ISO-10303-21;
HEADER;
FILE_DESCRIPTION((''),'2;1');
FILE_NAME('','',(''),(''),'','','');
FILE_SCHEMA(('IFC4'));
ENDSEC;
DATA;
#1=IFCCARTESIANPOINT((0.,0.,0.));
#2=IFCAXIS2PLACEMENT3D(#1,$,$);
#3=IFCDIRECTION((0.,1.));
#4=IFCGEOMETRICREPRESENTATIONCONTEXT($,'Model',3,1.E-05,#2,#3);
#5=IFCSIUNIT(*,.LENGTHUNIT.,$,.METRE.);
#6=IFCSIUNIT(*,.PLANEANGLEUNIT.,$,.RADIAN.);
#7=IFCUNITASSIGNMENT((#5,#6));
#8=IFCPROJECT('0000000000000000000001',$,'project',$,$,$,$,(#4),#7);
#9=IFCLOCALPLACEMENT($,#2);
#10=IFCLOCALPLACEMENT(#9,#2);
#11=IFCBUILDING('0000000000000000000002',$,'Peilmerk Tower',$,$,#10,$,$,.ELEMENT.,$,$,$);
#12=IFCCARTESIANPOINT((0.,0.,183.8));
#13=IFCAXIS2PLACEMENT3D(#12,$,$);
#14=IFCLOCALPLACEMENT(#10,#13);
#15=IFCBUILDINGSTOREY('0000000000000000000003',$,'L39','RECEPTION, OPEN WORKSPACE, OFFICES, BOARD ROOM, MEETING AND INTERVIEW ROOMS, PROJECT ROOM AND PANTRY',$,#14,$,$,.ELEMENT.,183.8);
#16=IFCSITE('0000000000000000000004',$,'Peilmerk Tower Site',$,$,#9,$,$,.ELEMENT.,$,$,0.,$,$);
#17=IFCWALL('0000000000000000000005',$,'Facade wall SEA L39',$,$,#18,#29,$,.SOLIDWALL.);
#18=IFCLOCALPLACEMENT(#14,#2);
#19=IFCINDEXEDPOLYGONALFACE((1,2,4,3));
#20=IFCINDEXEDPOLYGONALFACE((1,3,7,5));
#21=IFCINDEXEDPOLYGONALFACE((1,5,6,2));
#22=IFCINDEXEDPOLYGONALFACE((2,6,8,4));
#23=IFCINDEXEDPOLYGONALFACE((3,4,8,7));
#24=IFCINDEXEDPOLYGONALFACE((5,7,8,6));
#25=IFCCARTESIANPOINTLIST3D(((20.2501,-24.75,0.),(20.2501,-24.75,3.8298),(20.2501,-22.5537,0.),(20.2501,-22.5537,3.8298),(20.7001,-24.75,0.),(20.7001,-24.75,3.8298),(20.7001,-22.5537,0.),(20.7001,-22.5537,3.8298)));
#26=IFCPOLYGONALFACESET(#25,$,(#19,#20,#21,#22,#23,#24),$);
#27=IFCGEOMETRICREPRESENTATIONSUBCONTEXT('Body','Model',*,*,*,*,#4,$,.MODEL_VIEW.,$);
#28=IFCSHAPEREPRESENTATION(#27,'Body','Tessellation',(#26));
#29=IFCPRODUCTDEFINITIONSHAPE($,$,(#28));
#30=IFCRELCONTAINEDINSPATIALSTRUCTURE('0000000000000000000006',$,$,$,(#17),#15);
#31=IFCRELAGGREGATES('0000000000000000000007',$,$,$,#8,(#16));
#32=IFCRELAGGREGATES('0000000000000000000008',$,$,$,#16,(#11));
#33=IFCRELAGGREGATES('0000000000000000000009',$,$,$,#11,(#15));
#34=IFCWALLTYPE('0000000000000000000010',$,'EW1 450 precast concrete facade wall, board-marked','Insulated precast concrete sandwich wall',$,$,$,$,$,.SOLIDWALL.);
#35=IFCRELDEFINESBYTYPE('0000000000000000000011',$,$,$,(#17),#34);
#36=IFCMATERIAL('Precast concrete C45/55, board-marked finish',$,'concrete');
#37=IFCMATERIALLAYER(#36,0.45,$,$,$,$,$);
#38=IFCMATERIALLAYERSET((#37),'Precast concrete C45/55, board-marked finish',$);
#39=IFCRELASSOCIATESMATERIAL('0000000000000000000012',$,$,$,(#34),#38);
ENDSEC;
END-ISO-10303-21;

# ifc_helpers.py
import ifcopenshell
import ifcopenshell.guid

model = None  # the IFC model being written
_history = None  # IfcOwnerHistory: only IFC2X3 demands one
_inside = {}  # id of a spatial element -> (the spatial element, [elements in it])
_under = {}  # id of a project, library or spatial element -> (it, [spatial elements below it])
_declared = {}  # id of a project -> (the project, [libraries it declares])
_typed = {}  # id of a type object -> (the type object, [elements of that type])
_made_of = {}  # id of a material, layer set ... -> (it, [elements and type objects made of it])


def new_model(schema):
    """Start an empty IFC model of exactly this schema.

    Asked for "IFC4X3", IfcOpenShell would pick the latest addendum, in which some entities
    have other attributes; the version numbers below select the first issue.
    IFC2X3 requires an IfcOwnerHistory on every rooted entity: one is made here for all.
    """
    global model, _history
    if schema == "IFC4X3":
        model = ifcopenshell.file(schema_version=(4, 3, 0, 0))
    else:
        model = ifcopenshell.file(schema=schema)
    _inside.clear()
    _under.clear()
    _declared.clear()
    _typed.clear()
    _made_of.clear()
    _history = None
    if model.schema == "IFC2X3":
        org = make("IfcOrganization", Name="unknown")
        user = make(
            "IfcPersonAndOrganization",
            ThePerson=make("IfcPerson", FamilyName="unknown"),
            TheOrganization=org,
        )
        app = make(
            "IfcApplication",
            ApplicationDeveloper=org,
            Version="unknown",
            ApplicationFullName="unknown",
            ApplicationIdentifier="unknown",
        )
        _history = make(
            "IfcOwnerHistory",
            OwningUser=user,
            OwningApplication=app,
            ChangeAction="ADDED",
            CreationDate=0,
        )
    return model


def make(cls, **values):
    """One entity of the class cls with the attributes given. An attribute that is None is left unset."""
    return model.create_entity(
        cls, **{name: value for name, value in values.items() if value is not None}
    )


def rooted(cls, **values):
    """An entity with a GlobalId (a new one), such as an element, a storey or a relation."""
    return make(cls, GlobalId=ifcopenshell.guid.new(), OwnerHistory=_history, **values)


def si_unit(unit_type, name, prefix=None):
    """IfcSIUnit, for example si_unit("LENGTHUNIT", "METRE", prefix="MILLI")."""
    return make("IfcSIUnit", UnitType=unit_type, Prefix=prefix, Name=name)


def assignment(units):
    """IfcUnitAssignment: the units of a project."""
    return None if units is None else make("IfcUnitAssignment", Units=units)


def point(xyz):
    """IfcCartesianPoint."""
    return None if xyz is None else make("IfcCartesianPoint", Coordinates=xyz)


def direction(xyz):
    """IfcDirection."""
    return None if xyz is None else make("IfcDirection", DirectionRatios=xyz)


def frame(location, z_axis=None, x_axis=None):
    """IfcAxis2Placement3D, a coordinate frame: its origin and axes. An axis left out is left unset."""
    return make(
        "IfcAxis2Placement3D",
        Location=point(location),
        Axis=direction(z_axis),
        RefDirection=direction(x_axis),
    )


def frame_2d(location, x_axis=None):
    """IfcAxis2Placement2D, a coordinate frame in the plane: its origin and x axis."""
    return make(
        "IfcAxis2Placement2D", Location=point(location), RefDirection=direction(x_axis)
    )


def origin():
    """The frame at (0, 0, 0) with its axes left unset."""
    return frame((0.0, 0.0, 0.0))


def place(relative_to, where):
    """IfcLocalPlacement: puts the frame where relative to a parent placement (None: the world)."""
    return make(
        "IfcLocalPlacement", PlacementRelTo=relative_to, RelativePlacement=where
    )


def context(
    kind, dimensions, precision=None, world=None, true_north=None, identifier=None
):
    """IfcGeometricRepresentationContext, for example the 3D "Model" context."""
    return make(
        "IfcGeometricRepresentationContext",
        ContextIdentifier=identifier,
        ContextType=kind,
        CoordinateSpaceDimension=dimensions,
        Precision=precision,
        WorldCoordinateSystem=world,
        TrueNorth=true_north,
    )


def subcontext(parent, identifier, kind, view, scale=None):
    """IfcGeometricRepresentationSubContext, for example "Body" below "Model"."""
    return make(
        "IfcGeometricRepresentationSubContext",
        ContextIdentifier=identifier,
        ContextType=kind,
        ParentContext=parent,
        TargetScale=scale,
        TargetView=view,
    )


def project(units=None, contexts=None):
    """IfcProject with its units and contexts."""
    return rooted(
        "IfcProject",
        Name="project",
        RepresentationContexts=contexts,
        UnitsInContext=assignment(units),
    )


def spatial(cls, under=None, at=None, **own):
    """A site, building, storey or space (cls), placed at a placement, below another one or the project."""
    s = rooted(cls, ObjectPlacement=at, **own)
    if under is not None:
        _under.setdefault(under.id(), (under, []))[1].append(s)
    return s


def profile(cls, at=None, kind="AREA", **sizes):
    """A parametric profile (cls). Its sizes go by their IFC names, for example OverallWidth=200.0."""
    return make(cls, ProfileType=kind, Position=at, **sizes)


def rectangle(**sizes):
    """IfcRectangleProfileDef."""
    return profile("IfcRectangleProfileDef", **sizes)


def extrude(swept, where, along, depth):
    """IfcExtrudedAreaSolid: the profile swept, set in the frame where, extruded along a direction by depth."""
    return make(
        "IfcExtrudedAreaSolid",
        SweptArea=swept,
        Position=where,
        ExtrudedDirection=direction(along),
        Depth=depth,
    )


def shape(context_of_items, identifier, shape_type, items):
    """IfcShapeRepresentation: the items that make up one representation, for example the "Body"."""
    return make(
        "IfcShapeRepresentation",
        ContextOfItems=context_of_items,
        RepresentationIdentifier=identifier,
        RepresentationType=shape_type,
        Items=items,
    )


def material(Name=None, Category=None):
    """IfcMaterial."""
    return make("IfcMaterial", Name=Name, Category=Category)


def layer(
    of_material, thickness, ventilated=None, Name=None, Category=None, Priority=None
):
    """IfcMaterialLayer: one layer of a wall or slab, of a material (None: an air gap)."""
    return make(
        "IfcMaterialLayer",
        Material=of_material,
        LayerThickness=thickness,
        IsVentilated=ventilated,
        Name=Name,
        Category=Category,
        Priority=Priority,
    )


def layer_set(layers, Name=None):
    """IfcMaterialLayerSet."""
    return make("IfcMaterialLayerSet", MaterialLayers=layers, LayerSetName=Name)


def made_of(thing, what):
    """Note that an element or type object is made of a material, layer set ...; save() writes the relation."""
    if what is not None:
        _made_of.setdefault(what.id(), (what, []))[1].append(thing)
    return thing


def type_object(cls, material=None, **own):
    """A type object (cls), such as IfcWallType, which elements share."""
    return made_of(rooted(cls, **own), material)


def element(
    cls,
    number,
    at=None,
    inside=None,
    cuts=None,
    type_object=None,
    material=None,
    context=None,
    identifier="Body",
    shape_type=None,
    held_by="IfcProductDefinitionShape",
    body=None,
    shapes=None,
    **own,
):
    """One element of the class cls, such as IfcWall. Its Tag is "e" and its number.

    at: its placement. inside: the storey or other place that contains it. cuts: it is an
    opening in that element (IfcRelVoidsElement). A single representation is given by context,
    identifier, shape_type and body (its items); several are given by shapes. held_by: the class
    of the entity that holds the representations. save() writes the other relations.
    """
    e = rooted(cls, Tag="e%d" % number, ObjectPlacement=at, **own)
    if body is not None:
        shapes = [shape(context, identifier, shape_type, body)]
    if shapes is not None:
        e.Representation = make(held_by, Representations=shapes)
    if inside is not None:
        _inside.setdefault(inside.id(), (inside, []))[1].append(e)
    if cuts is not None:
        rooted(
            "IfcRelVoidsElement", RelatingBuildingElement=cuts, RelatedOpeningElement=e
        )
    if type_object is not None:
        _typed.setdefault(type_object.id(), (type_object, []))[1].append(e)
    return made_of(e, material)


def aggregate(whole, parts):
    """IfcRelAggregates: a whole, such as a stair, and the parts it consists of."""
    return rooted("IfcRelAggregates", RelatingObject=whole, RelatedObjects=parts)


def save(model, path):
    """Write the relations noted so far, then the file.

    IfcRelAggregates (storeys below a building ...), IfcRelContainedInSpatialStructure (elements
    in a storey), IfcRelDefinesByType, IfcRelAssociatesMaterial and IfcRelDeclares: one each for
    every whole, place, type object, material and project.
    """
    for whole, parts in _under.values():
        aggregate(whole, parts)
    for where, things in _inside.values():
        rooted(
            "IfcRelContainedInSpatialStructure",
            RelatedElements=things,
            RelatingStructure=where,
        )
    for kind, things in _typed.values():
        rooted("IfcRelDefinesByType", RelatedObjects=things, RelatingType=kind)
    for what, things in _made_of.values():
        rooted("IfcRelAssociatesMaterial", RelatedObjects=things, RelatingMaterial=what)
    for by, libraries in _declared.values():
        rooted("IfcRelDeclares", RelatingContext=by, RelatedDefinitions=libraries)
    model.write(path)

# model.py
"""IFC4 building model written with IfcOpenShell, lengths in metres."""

from ifc_helpers import new_model, si_unit, direction, frame, frame_2d, origin, place, context, subcontext, project, spatial, rectangle, extrude, material, layer, layer_set, type_object, element, save


model = new_model("IFC4")

# Units and contexts
model_context = context("Model", 3, precision=1e-05, world=origin(), true_north=direction((0.0, 1.0)))
body_context = subcontext(model_context, "Body", "Model", "MODEL_VIEW")
ifc_project = project(units=[si_unit("LENGTHUNIT", "METRE"), si_unit("PLANEANGLEUNIT", "RADIAN")], contexts=[model_context])

# Site, building, storey
site_placement = place(None, origin())
site = spatial("IfcSite", under=ifc_project, at=site_placement, Name="Peilmerk Tower Site", CompositionType="ELEMENT", RefElevation=0.0)
building_placement = place(site_placement, origin())
building = spatial("IfcBuilding", under=site, at=building_placement, Name="Peilmerk Tower", CompositionType="ELEMENT")
storey_placement = place(building_placement, frame((0.0, 0.0, 183.8)))
storey = spatial("IfcBuildingStorey", under=building, at=storey_placement, Name="L39", Description="RECEPTION, OPEN WORKSPACE, OFFICES, BOARD ROOM, MEETING AND INTERVIEW ROOMS, PROJECT ROOM AND PANTRY", CompositionType="ELEMENT", Elevation=183.8)

# Shared definitions
ifc_material_1 = material(Name="Precast concrete C45/55, board-marked finish", Category="concrete")
ifc_layer_1 = layer(ifc_material_1, 0.45)
ifc_layer_set_1 = layer_set([ifc_layer_1], Name="Precast concrete C45/55, board-marked finish")
wall_type = type_object("IfcWallType", Name="EW1 450 precast concrete facade wall, board-marked", Description="Insulated precast concrete sandwich wall", PredefinedType="SOLIDWALL", material=ifc_layer_set_1)

# Wall
wall_1_placement = place(storey_placement, frame((20.4751, -22.5537, 0.0), z_axis=(0.0, 0.0, 1.0), x_axis=(0.0, -1.0, 0.0)))
element("IfcWall", 1, at=wall_1_placement, inside=storey, type_object=wall_type, Name="Facade wall SEA L39", PredefinedType="SOLIDWALL", context=body_context, shape_type="SweptSolid", body=[
    extrude(rectangle(XDim=2.1963, YDim=0.45, at=frame_2d((1.0981, 0.0))), origin(), (0.0, 0.0, 1.0), 3.8298),
])

save(model, "model.ifc")
